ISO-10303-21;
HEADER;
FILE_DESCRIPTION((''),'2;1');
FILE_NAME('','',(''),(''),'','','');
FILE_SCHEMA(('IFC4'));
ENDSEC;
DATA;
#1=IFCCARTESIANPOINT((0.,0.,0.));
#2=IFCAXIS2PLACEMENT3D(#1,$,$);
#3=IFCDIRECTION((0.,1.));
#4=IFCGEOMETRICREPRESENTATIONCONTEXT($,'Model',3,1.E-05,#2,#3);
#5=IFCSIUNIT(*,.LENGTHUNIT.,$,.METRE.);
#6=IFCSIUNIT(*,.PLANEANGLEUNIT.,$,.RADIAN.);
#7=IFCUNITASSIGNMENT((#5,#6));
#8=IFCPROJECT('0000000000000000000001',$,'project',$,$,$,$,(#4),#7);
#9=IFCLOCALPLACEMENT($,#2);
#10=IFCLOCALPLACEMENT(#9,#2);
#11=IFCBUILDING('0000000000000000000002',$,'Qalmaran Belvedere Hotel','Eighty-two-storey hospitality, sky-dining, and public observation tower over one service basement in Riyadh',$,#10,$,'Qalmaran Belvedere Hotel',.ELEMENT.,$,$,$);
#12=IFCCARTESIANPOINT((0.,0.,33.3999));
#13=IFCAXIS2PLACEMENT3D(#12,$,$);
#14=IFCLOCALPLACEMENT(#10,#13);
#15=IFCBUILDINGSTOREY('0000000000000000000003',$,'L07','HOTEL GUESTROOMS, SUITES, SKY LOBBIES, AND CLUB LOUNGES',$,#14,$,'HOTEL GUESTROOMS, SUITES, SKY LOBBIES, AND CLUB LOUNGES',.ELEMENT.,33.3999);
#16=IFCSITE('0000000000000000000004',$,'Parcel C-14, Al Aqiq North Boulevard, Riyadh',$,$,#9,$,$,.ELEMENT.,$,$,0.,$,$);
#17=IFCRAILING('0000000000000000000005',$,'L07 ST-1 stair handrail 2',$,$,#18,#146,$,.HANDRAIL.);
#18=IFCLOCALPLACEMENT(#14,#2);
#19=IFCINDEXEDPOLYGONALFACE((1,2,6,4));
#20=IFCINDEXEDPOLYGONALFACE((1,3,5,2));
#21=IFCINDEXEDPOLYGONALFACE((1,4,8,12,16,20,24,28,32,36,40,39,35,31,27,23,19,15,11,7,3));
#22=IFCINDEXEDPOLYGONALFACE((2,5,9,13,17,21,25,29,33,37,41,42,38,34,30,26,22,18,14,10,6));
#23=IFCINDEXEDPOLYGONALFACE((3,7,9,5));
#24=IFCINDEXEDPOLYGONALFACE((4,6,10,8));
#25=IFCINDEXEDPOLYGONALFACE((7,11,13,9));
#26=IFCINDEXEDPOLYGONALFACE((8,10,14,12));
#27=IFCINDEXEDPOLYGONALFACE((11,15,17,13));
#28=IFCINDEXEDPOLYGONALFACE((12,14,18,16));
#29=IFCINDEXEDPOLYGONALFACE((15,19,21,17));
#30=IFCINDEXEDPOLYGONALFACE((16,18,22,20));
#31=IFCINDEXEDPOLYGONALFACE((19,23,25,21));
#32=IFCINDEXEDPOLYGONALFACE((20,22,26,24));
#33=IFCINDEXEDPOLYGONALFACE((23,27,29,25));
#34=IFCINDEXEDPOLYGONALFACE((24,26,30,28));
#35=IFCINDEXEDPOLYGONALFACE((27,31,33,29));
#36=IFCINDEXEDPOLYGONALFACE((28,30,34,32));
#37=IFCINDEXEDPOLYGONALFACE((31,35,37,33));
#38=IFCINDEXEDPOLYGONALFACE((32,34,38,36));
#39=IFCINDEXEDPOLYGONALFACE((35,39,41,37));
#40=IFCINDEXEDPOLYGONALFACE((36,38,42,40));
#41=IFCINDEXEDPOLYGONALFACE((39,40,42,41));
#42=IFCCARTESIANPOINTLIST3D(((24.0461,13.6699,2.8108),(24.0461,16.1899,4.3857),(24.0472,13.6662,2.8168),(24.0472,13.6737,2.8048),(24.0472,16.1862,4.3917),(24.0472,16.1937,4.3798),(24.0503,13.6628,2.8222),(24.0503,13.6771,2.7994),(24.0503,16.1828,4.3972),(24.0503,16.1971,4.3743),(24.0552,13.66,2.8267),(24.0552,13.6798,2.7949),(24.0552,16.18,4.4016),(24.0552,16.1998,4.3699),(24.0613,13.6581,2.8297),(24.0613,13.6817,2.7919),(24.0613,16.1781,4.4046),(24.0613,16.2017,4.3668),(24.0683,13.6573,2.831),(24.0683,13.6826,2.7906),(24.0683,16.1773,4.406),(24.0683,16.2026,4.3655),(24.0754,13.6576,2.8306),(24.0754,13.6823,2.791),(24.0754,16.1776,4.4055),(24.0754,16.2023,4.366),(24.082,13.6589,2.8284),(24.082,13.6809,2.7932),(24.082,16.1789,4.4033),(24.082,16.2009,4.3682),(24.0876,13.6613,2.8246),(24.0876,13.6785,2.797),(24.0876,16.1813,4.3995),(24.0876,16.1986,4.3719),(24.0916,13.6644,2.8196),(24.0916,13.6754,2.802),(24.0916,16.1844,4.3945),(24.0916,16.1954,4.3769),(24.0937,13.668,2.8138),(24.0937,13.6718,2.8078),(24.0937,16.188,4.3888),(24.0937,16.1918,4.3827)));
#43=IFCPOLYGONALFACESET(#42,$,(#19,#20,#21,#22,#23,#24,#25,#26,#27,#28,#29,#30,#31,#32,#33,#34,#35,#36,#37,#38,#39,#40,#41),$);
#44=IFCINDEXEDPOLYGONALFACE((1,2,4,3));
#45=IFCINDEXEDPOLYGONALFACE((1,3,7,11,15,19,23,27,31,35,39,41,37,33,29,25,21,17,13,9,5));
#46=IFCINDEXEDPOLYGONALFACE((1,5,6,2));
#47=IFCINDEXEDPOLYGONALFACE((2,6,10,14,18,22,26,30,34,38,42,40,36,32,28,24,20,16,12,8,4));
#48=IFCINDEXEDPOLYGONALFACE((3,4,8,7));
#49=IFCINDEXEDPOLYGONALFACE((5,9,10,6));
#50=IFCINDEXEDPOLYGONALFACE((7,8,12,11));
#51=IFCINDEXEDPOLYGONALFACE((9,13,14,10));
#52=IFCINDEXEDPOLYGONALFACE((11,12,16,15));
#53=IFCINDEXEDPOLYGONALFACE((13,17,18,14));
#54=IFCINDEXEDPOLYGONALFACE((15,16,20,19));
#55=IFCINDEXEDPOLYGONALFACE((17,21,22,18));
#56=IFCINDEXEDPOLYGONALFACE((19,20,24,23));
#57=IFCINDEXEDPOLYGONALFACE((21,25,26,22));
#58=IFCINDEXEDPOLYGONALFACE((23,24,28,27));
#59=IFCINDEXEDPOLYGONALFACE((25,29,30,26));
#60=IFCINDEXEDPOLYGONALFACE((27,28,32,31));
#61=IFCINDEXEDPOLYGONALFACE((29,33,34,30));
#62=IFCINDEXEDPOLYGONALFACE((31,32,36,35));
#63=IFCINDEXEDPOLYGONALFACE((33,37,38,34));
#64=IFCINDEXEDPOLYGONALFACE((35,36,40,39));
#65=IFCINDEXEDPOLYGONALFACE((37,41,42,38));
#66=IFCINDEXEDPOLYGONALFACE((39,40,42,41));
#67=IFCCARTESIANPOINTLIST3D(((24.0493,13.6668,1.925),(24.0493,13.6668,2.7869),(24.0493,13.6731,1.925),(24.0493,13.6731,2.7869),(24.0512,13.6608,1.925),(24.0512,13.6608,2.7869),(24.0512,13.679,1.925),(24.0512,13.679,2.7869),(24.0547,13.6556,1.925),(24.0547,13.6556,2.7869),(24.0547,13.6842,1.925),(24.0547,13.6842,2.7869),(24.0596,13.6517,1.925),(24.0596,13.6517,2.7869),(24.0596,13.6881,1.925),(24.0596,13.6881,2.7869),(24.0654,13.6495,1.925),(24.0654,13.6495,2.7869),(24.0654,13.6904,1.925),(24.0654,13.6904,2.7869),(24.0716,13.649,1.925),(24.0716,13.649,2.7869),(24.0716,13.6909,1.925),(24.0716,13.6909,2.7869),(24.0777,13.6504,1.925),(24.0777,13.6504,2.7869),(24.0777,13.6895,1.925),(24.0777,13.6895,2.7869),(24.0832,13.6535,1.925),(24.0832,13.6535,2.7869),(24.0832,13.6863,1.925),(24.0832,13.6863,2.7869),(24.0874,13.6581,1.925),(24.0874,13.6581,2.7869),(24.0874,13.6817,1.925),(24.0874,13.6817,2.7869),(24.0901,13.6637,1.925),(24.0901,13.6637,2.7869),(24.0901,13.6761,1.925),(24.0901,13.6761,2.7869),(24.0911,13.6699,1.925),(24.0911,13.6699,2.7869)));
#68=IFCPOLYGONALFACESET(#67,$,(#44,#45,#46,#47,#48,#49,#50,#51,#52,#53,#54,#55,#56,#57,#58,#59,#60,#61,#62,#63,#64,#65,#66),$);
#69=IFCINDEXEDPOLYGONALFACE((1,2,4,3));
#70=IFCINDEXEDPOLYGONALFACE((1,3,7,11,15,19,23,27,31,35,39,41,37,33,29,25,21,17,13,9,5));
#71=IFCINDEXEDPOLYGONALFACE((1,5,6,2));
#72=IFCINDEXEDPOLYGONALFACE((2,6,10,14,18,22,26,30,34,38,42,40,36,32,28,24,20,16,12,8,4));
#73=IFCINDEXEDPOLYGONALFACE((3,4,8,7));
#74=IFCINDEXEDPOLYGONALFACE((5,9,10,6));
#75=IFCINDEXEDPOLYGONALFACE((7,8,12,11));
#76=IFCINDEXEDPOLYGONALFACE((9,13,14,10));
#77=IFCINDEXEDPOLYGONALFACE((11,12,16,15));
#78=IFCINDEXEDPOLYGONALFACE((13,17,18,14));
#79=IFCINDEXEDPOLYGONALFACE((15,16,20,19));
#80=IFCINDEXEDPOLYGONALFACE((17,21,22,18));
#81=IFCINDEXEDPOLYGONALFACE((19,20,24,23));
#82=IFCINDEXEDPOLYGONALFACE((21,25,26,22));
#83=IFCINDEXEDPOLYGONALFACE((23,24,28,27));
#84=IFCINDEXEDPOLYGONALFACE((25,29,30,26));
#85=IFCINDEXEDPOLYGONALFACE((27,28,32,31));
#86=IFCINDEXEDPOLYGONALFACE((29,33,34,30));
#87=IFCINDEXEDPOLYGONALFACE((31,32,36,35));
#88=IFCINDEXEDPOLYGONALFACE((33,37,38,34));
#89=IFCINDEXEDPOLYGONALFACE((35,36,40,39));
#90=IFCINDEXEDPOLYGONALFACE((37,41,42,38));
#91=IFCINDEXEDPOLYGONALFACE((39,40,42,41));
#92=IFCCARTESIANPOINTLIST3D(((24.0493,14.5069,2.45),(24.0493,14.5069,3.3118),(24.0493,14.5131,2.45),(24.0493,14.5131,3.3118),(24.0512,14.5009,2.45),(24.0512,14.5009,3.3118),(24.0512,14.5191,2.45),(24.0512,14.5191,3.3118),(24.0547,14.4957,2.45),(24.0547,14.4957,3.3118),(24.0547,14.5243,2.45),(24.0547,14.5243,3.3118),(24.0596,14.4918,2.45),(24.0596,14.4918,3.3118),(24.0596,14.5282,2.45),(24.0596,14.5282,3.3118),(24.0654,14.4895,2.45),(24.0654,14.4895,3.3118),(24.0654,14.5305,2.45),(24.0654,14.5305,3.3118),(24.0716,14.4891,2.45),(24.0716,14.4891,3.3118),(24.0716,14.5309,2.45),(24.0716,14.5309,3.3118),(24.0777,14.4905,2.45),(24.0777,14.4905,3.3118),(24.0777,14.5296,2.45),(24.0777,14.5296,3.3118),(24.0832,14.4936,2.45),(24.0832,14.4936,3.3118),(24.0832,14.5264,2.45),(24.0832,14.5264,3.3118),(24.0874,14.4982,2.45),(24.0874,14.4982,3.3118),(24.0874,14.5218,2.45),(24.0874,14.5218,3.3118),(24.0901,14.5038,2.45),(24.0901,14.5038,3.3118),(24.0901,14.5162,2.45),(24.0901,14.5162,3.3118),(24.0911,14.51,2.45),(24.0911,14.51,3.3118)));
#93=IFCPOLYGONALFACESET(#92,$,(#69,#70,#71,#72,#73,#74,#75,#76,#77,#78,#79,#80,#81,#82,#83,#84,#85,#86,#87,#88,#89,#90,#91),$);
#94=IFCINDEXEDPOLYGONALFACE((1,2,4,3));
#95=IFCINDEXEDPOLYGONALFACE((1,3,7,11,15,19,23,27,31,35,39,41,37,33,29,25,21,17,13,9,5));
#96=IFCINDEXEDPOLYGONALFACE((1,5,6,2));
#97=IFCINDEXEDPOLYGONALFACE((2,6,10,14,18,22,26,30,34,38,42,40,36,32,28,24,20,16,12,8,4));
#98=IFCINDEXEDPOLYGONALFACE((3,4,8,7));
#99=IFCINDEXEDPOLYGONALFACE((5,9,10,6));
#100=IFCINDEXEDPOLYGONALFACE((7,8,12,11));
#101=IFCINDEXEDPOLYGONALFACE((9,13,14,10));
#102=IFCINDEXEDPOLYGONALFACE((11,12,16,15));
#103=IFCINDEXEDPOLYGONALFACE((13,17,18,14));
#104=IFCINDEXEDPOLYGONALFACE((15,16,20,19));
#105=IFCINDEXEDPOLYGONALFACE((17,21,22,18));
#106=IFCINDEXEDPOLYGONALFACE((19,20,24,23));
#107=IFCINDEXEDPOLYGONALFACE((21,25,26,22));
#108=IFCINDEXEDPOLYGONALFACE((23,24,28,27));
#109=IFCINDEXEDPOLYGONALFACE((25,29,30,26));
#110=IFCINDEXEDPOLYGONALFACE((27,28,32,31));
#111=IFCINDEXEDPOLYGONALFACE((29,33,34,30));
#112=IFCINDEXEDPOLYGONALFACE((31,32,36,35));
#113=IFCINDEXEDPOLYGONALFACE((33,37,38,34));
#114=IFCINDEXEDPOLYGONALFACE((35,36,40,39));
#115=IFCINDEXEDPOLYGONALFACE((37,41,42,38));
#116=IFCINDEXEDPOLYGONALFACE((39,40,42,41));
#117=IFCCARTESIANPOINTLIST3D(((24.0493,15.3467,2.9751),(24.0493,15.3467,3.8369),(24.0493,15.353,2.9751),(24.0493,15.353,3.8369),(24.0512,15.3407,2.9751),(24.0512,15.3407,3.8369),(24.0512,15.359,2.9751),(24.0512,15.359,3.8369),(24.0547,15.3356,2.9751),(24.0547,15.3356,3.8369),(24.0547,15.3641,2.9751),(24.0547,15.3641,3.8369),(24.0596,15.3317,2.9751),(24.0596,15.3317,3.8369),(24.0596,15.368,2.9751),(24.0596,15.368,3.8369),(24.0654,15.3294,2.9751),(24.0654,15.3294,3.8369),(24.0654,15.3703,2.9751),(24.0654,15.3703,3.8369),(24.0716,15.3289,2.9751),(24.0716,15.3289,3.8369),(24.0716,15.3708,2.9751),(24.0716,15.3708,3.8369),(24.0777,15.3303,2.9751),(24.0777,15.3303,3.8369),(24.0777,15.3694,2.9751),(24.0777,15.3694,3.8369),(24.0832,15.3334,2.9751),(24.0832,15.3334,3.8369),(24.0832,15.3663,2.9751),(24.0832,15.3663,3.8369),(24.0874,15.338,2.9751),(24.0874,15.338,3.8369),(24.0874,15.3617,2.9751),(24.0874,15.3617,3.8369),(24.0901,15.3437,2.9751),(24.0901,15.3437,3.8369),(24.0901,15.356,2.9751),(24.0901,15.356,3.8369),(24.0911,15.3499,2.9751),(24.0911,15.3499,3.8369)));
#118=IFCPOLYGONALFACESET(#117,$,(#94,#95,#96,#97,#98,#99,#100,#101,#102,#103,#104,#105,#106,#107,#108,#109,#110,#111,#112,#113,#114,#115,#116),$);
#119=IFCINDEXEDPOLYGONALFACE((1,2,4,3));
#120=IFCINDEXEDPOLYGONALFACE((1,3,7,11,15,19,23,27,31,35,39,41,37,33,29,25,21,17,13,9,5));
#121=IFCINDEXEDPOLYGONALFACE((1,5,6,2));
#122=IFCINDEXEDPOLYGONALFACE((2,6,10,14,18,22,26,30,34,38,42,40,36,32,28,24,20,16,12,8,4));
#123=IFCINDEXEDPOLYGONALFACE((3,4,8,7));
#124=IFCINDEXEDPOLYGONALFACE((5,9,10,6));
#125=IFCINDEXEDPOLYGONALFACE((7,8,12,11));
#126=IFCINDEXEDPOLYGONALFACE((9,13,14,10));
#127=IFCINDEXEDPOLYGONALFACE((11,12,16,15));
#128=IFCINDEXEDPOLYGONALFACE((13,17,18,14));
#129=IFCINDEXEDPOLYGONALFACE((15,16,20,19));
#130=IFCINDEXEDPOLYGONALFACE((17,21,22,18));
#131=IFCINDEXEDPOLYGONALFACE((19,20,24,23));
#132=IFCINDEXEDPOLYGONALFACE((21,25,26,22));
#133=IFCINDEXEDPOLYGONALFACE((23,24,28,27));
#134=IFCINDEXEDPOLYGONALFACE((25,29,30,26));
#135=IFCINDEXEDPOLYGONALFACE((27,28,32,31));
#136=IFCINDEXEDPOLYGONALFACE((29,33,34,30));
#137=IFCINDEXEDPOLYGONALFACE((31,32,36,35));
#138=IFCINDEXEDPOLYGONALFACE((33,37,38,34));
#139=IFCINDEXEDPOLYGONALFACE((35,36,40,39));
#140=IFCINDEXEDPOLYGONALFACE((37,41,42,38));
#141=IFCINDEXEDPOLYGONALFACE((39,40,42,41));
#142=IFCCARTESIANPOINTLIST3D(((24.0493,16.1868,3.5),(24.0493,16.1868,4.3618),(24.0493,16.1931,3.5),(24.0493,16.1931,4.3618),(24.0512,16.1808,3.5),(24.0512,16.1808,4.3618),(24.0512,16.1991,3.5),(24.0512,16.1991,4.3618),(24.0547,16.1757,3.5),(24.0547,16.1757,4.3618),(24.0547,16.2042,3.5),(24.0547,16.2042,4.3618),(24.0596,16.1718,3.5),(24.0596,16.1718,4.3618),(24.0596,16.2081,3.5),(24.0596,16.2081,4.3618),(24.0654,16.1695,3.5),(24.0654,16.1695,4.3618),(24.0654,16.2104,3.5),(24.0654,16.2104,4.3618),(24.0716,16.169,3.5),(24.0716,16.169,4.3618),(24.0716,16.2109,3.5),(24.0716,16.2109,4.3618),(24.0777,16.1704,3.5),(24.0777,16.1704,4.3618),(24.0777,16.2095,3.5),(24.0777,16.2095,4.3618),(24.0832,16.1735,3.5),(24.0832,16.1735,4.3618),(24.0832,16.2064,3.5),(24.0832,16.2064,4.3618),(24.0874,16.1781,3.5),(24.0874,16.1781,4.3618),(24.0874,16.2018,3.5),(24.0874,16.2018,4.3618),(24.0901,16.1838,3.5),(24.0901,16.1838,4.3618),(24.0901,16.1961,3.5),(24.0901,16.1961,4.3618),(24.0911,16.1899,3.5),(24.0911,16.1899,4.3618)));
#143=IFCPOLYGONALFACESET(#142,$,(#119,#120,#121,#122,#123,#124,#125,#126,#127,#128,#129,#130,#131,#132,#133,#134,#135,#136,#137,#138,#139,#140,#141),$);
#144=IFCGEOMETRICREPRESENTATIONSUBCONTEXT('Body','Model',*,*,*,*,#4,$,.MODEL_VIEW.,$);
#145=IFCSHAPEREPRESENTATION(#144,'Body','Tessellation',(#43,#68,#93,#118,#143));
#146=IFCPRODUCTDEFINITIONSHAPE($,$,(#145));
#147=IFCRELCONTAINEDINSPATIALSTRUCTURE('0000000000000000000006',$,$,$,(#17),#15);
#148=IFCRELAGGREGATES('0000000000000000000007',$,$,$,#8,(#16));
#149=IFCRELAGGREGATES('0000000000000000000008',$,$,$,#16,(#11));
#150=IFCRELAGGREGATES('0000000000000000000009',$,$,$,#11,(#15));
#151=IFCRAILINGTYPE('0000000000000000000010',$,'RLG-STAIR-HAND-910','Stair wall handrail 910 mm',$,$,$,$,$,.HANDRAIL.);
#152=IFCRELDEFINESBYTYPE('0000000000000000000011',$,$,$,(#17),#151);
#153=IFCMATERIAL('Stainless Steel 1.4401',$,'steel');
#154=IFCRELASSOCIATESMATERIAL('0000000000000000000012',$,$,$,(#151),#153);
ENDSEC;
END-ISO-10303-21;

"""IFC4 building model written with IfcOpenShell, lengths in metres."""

from ifc_helpers import new_model, si_unit, direction, frame, origin, origin_2d, place, context, subcontext, project, spatial, circle, extrude, material, type_object, element, save


model = new_model("IFC4")

# Units and contexts
model_context = context("Model", 3, precision=1e-05, world=origin(), true_north=direction((0.0, 1.0)))
body_context = subcontext(model_context, "Body", "Model", "MODEL_VIEW")
ifc_project = project(units=[si_unit("LENGTHUNIT", "METRE"), si_unit("PLANEANGLEUNIT", "RADIAN")], contexts=[model_context])

# Site, building, storey
site_placement = place(None, origin())
site = spatial("IfcSite", under=ifc_project, at=site_placement, Name="Parcel C-14, Al Aqiq North Boulevard, Riyadh", CompositionType="ELEMENT", RefElevation=0.0)
building_placement = place(site_placement, origin())
building = spatial("IfcBuilding", under=site, at=building_placement, Name="Qalmaran Belvedere Hotel", Description="Eighty-two-storey hospitality, sky-dining, and public observation tower over one service basement in Riyadh", LongName="Qalmaran Belvedere Hotel", CompositionType="ELEMENT")
storey_placement = place(building_placement, frame((0.0, 0.0, 33.3999)))
storey = spatial("IfcBuildingStorey", under=building, at=storey_placement, Name="L07", Description="HOTEL GUESTROOMS, SUITES, SKY LOBBIES, AND CLUB LOUNGES", LongName="HOTEL GUESTROOMS, SUITES, SKY LOBBIES, AND CLUB LOUNGES", CompositionType="ELEMENT", Elevation=33.3999)

# Railing
ifc_material_1 = material(Name="Stainless Steel 1.4401", Category="steel")
railing_type_1 = type_object("IfcRailingType", Name="RLG-STAIR-HAND-910", Description="Stair wall handrail 910 mm", PredefinedType="HANDRAIL", material=ifc_material_1)
railing_1_placement = place(storey_placement, frame((24.0701, 13.6699, 1.925)))
element("IfcRailing", 1, at=railing_1_placement, inside=storey, type_object=railing_type_1, Name="L07 ST-1 stair handrail 2", PredefinedType="HANDRAIL", context=body_context, shape_type="SweptSolid", body=[
    extrude(circle(Radius=0.0239, at=origin_2d()), frame((0.0, 0.0, 0.8857), z_axis=(0.0, 0.848008, 0.529984), x_axis=(-1.0, 0.0, 0.0)), (0.0, 0.0, 1.0), 2.9717),
    extrude(circle(Radius=0.021, at=origin_2d()), origin(), (0.0, 0.0, 1.0), 0.8618),
    extrude(circle(Radius=0.021, at=origin_2d()), frame((0.0, 0.8401, 0.5249)), (0.0, 0.0, 1.0), 0.8618),
    extrude(circle(Radius=0.021, at=origin_2d()), frame((0.0, 1.6799, 1.05)), (0.0, 0.0, 1.0), 0.8618),
    extrude(circle(Radius=0.021, at=origin_2d()), frame((0.0, 2.52, 1.575)), (0.0, 0.0, 1.0), 0.8618),
])

save(model, "model.ifc")
